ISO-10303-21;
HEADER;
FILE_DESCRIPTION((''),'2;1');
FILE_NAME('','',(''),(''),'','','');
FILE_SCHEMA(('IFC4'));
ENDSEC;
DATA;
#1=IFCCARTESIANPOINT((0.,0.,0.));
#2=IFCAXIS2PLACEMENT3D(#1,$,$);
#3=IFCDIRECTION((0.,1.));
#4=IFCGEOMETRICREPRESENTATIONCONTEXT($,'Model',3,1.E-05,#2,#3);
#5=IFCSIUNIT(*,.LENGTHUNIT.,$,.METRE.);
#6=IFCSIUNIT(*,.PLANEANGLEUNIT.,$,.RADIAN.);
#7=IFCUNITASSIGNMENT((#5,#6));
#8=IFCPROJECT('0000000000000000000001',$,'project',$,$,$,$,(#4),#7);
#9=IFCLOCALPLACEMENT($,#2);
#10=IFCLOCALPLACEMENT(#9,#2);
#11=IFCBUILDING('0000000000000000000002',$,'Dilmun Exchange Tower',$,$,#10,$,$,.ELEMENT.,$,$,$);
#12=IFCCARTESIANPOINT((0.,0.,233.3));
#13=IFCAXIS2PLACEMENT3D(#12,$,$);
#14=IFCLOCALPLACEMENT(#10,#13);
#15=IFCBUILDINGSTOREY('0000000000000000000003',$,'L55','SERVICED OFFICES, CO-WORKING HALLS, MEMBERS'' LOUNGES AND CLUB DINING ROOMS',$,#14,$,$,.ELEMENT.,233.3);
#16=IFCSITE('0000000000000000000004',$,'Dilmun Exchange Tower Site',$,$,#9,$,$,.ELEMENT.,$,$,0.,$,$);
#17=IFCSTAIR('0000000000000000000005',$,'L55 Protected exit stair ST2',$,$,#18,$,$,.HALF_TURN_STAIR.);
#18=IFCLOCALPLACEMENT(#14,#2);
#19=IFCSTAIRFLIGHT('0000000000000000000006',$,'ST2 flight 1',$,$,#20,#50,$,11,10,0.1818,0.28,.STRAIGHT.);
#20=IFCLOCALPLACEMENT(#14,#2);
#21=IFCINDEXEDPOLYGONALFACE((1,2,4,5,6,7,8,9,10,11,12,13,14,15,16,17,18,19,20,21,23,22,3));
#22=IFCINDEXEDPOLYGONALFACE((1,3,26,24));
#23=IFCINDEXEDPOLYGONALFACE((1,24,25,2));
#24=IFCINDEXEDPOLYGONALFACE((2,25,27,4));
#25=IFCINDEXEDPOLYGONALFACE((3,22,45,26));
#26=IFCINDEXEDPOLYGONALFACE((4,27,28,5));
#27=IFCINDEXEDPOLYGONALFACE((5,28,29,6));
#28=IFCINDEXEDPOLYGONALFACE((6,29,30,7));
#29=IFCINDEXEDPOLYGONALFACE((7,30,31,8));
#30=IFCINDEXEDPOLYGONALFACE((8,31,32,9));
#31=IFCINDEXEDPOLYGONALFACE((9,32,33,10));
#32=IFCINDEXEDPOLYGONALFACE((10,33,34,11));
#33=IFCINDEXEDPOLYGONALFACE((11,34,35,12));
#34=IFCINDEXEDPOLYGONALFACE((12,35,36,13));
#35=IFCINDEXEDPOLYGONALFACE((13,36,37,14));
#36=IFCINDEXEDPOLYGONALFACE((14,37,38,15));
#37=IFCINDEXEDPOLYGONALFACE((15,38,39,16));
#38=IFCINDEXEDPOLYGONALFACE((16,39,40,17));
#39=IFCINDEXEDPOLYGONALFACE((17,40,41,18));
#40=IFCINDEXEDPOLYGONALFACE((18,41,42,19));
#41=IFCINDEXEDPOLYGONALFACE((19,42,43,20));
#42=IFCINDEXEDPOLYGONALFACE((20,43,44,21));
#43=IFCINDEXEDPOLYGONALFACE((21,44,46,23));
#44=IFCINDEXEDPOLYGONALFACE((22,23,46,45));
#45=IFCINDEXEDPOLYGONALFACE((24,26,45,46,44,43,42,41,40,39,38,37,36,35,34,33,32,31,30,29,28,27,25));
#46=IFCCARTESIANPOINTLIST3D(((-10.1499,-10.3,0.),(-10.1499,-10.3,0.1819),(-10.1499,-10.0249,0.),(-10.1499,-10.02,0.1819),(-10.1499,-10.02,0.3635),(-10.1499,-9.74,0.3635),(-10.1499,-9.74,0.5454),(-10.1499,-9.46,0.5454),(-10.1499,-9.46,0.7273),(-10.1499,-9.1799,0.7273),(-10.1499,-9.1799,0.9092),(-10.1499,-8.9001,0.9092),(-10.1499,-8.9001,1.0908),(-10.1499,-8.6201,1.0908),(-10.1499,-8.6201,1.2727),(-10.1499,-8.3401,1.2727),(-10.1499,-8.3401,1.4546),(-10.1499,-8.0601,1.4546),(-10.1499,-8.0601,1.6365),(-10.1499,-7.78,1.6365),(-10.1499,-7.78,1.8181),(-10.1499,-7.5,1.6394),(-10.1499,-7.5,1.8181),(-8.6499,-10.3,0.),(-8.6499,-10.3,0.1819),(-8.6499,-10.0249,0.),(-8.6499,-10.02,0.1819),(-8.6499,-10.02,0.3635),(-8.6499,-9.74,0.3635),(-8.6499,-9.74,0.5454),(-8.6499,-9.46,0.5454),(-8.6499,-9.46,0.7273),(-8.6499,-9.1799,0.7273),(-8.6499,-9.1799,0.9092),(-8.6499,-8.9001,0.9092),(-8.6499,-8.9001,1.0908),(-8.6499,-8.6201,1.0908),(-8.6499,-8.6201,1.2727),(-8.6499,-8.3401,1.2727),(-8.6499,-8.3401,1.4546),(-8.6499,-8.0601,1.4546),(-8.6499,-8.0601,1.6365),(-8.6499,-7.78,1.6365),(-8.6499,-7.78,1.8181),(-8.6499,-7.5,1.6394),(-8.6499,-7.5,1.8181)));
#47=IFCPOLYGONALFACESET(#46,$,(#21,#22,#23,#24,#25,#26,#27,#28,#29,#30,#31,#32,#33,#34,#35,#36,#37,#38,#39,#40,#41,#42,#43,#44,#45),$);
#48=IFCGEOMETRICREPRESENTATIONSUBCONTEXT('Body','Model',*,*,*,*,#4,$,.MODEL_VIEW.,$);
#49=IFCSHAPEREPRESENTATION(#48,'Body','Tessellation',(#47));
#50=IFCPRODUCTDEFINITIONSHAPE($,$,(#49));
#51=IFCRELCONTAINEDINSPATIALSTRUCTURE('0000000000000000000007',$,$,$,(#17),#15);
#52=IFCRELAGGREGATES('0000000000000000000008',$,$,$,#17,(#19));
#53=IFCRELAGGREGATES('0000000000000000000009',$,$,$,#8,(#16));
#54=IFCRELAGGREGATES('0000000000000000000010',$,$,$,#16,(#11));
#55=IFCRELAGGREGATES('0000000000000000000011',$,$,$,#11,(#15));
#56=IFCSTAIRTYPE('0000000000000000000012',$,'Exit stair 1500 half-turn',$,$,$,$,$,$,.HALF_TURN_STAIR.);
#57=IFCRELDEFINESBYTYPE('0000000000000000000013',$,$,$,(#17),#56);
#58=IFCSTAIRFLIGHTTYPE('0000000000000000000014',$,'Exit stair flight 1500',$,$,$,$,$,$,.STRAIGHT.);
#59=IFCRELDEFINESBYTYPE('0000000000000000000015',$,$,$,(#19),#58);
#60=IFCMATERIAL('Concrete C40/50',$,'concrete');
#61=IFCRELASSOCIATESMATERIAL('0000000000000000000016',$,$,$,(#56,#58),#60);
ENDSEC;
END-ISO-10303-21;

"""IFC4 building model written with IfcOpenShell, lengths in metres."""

from ifc_helpers import new_model, si_unit, direction, frame, origin, place, context, subcontext, project, spatial, polyline, outline, extrude, material, type_object, element, aggregate, save


model = new_model("IFC4")

# Units and contexts
model_context = context("Model", 3, precision=1e-05, world=origin(), true_north=direction((0.0, 1.0)))
body_context = subcontext(model_context, "Body", "Model", "MODEL_VIEW")
ifc_project = project(units=[si_unit("LENGTHUNIT", "METRE"), si_unit("PLANEANGLEUNIT", "RADIAN")], contexts=[model_context])

# Site, building, storey
site_placement = place(None, origin())
site = spatial("IfcSite", under=ifc_project, at=site_placement, Name="Dilmun Exchange Tower Site", CompositionType="ELEMENT", RefElevation=0.0)
building_placement = place(site_placement, origin())
building = spatial("IfcBuilding", under=site, at=building_placement, Name="Dilmun Exchange Tower", CompositionType="ELEMENT")
storey_placement = place(building_placement, frame((0.0, 0.0, 233.3)))
storey = spatial("IfcBuildingStorey", under=building, at=storey_placement, Name="L55", Description="SERVICED OFFICES, CO-WORKING HALLS, MEMBERS' LOUNGES AND CLUB DINING ROOMS", CompositionType="ELEMENT", Elevation=233.3)

# Shared definitions
ifc_material_1 = material(Name="Concrete C40/50", Category="concrete")

# Stair, stair flight
stair_type = type_object("IfcStairType", Name="Exit stair 1500 half-turn", PredefinedType="HALF_TURN_STAIR", material=ifc_material_1)
stair_placement = place(storey_placement, origin())
stair = element("IfcStair", 1, at=stair_placement, inside=storey, type_object=stair_type, Name="L55 Protected exit stair ST2", PredefinedType="HALF_TURN_STAIR")
stair_flight_type = type_object("IfcStairFlightType", Name="Exit stair flight 1500", PredefinedType="STRAIGHT", material=ifc_material_1)
stair_flight_placement = place(storey_placement, frame((-9.3999, -10.3, 0.0), z_axis=(0.0, 0.0, 1.0), x_axis=(0.0, 1.0, 0.0)))
stair_flight = element("IfcStairFlight", 2, at=stair_flight_placement, type_object=stair_flight_type, Name="ST2 flight 1", NumberOfRisers=11, NumberOfTreads=10, PredefinedType="STRAIGHT", RiserHeight=0.1818, TreadLength=0.28, context=body_context, shape_type="SweptSolid", body=[
    extrude(outline(polyline([(0.0, 0.0), (0.0, 0.1819), (0.28, 0.1819), (0.28, 0.3635), (0.5601, 0.3635), (0.5601, 0.5454), (0.8401, 0.5454), (0.8401, 0.7273), (1.1201, 0.7273), (1.1201, 0.9092), (1.3999, 0.9092), (1.3999, 1.0908), (1.6799, 1.0908), (1.6799, 1.2727), (1.96, 1.2727), (1.96, 1.4546), (2.24, 1.4546), (2.24, 1.6365), (2.52, 1.6365), (2.52, 1.8181), (2.8, 1.8181), (2.8, 2.0), (2.8, 1.6394), (0.2751, 0.0), (0.0, 0.0)])), frame((0.0, 0.75, 0.0), z_axis=(0.0, -1.0, 0.0), x_axis=(1.0, 0.0, 0.0)), (0.0, 0.0, 1.0), 1.5),
])
aggregate(stair, [stair_flight])

save(model, "model.ifc")
